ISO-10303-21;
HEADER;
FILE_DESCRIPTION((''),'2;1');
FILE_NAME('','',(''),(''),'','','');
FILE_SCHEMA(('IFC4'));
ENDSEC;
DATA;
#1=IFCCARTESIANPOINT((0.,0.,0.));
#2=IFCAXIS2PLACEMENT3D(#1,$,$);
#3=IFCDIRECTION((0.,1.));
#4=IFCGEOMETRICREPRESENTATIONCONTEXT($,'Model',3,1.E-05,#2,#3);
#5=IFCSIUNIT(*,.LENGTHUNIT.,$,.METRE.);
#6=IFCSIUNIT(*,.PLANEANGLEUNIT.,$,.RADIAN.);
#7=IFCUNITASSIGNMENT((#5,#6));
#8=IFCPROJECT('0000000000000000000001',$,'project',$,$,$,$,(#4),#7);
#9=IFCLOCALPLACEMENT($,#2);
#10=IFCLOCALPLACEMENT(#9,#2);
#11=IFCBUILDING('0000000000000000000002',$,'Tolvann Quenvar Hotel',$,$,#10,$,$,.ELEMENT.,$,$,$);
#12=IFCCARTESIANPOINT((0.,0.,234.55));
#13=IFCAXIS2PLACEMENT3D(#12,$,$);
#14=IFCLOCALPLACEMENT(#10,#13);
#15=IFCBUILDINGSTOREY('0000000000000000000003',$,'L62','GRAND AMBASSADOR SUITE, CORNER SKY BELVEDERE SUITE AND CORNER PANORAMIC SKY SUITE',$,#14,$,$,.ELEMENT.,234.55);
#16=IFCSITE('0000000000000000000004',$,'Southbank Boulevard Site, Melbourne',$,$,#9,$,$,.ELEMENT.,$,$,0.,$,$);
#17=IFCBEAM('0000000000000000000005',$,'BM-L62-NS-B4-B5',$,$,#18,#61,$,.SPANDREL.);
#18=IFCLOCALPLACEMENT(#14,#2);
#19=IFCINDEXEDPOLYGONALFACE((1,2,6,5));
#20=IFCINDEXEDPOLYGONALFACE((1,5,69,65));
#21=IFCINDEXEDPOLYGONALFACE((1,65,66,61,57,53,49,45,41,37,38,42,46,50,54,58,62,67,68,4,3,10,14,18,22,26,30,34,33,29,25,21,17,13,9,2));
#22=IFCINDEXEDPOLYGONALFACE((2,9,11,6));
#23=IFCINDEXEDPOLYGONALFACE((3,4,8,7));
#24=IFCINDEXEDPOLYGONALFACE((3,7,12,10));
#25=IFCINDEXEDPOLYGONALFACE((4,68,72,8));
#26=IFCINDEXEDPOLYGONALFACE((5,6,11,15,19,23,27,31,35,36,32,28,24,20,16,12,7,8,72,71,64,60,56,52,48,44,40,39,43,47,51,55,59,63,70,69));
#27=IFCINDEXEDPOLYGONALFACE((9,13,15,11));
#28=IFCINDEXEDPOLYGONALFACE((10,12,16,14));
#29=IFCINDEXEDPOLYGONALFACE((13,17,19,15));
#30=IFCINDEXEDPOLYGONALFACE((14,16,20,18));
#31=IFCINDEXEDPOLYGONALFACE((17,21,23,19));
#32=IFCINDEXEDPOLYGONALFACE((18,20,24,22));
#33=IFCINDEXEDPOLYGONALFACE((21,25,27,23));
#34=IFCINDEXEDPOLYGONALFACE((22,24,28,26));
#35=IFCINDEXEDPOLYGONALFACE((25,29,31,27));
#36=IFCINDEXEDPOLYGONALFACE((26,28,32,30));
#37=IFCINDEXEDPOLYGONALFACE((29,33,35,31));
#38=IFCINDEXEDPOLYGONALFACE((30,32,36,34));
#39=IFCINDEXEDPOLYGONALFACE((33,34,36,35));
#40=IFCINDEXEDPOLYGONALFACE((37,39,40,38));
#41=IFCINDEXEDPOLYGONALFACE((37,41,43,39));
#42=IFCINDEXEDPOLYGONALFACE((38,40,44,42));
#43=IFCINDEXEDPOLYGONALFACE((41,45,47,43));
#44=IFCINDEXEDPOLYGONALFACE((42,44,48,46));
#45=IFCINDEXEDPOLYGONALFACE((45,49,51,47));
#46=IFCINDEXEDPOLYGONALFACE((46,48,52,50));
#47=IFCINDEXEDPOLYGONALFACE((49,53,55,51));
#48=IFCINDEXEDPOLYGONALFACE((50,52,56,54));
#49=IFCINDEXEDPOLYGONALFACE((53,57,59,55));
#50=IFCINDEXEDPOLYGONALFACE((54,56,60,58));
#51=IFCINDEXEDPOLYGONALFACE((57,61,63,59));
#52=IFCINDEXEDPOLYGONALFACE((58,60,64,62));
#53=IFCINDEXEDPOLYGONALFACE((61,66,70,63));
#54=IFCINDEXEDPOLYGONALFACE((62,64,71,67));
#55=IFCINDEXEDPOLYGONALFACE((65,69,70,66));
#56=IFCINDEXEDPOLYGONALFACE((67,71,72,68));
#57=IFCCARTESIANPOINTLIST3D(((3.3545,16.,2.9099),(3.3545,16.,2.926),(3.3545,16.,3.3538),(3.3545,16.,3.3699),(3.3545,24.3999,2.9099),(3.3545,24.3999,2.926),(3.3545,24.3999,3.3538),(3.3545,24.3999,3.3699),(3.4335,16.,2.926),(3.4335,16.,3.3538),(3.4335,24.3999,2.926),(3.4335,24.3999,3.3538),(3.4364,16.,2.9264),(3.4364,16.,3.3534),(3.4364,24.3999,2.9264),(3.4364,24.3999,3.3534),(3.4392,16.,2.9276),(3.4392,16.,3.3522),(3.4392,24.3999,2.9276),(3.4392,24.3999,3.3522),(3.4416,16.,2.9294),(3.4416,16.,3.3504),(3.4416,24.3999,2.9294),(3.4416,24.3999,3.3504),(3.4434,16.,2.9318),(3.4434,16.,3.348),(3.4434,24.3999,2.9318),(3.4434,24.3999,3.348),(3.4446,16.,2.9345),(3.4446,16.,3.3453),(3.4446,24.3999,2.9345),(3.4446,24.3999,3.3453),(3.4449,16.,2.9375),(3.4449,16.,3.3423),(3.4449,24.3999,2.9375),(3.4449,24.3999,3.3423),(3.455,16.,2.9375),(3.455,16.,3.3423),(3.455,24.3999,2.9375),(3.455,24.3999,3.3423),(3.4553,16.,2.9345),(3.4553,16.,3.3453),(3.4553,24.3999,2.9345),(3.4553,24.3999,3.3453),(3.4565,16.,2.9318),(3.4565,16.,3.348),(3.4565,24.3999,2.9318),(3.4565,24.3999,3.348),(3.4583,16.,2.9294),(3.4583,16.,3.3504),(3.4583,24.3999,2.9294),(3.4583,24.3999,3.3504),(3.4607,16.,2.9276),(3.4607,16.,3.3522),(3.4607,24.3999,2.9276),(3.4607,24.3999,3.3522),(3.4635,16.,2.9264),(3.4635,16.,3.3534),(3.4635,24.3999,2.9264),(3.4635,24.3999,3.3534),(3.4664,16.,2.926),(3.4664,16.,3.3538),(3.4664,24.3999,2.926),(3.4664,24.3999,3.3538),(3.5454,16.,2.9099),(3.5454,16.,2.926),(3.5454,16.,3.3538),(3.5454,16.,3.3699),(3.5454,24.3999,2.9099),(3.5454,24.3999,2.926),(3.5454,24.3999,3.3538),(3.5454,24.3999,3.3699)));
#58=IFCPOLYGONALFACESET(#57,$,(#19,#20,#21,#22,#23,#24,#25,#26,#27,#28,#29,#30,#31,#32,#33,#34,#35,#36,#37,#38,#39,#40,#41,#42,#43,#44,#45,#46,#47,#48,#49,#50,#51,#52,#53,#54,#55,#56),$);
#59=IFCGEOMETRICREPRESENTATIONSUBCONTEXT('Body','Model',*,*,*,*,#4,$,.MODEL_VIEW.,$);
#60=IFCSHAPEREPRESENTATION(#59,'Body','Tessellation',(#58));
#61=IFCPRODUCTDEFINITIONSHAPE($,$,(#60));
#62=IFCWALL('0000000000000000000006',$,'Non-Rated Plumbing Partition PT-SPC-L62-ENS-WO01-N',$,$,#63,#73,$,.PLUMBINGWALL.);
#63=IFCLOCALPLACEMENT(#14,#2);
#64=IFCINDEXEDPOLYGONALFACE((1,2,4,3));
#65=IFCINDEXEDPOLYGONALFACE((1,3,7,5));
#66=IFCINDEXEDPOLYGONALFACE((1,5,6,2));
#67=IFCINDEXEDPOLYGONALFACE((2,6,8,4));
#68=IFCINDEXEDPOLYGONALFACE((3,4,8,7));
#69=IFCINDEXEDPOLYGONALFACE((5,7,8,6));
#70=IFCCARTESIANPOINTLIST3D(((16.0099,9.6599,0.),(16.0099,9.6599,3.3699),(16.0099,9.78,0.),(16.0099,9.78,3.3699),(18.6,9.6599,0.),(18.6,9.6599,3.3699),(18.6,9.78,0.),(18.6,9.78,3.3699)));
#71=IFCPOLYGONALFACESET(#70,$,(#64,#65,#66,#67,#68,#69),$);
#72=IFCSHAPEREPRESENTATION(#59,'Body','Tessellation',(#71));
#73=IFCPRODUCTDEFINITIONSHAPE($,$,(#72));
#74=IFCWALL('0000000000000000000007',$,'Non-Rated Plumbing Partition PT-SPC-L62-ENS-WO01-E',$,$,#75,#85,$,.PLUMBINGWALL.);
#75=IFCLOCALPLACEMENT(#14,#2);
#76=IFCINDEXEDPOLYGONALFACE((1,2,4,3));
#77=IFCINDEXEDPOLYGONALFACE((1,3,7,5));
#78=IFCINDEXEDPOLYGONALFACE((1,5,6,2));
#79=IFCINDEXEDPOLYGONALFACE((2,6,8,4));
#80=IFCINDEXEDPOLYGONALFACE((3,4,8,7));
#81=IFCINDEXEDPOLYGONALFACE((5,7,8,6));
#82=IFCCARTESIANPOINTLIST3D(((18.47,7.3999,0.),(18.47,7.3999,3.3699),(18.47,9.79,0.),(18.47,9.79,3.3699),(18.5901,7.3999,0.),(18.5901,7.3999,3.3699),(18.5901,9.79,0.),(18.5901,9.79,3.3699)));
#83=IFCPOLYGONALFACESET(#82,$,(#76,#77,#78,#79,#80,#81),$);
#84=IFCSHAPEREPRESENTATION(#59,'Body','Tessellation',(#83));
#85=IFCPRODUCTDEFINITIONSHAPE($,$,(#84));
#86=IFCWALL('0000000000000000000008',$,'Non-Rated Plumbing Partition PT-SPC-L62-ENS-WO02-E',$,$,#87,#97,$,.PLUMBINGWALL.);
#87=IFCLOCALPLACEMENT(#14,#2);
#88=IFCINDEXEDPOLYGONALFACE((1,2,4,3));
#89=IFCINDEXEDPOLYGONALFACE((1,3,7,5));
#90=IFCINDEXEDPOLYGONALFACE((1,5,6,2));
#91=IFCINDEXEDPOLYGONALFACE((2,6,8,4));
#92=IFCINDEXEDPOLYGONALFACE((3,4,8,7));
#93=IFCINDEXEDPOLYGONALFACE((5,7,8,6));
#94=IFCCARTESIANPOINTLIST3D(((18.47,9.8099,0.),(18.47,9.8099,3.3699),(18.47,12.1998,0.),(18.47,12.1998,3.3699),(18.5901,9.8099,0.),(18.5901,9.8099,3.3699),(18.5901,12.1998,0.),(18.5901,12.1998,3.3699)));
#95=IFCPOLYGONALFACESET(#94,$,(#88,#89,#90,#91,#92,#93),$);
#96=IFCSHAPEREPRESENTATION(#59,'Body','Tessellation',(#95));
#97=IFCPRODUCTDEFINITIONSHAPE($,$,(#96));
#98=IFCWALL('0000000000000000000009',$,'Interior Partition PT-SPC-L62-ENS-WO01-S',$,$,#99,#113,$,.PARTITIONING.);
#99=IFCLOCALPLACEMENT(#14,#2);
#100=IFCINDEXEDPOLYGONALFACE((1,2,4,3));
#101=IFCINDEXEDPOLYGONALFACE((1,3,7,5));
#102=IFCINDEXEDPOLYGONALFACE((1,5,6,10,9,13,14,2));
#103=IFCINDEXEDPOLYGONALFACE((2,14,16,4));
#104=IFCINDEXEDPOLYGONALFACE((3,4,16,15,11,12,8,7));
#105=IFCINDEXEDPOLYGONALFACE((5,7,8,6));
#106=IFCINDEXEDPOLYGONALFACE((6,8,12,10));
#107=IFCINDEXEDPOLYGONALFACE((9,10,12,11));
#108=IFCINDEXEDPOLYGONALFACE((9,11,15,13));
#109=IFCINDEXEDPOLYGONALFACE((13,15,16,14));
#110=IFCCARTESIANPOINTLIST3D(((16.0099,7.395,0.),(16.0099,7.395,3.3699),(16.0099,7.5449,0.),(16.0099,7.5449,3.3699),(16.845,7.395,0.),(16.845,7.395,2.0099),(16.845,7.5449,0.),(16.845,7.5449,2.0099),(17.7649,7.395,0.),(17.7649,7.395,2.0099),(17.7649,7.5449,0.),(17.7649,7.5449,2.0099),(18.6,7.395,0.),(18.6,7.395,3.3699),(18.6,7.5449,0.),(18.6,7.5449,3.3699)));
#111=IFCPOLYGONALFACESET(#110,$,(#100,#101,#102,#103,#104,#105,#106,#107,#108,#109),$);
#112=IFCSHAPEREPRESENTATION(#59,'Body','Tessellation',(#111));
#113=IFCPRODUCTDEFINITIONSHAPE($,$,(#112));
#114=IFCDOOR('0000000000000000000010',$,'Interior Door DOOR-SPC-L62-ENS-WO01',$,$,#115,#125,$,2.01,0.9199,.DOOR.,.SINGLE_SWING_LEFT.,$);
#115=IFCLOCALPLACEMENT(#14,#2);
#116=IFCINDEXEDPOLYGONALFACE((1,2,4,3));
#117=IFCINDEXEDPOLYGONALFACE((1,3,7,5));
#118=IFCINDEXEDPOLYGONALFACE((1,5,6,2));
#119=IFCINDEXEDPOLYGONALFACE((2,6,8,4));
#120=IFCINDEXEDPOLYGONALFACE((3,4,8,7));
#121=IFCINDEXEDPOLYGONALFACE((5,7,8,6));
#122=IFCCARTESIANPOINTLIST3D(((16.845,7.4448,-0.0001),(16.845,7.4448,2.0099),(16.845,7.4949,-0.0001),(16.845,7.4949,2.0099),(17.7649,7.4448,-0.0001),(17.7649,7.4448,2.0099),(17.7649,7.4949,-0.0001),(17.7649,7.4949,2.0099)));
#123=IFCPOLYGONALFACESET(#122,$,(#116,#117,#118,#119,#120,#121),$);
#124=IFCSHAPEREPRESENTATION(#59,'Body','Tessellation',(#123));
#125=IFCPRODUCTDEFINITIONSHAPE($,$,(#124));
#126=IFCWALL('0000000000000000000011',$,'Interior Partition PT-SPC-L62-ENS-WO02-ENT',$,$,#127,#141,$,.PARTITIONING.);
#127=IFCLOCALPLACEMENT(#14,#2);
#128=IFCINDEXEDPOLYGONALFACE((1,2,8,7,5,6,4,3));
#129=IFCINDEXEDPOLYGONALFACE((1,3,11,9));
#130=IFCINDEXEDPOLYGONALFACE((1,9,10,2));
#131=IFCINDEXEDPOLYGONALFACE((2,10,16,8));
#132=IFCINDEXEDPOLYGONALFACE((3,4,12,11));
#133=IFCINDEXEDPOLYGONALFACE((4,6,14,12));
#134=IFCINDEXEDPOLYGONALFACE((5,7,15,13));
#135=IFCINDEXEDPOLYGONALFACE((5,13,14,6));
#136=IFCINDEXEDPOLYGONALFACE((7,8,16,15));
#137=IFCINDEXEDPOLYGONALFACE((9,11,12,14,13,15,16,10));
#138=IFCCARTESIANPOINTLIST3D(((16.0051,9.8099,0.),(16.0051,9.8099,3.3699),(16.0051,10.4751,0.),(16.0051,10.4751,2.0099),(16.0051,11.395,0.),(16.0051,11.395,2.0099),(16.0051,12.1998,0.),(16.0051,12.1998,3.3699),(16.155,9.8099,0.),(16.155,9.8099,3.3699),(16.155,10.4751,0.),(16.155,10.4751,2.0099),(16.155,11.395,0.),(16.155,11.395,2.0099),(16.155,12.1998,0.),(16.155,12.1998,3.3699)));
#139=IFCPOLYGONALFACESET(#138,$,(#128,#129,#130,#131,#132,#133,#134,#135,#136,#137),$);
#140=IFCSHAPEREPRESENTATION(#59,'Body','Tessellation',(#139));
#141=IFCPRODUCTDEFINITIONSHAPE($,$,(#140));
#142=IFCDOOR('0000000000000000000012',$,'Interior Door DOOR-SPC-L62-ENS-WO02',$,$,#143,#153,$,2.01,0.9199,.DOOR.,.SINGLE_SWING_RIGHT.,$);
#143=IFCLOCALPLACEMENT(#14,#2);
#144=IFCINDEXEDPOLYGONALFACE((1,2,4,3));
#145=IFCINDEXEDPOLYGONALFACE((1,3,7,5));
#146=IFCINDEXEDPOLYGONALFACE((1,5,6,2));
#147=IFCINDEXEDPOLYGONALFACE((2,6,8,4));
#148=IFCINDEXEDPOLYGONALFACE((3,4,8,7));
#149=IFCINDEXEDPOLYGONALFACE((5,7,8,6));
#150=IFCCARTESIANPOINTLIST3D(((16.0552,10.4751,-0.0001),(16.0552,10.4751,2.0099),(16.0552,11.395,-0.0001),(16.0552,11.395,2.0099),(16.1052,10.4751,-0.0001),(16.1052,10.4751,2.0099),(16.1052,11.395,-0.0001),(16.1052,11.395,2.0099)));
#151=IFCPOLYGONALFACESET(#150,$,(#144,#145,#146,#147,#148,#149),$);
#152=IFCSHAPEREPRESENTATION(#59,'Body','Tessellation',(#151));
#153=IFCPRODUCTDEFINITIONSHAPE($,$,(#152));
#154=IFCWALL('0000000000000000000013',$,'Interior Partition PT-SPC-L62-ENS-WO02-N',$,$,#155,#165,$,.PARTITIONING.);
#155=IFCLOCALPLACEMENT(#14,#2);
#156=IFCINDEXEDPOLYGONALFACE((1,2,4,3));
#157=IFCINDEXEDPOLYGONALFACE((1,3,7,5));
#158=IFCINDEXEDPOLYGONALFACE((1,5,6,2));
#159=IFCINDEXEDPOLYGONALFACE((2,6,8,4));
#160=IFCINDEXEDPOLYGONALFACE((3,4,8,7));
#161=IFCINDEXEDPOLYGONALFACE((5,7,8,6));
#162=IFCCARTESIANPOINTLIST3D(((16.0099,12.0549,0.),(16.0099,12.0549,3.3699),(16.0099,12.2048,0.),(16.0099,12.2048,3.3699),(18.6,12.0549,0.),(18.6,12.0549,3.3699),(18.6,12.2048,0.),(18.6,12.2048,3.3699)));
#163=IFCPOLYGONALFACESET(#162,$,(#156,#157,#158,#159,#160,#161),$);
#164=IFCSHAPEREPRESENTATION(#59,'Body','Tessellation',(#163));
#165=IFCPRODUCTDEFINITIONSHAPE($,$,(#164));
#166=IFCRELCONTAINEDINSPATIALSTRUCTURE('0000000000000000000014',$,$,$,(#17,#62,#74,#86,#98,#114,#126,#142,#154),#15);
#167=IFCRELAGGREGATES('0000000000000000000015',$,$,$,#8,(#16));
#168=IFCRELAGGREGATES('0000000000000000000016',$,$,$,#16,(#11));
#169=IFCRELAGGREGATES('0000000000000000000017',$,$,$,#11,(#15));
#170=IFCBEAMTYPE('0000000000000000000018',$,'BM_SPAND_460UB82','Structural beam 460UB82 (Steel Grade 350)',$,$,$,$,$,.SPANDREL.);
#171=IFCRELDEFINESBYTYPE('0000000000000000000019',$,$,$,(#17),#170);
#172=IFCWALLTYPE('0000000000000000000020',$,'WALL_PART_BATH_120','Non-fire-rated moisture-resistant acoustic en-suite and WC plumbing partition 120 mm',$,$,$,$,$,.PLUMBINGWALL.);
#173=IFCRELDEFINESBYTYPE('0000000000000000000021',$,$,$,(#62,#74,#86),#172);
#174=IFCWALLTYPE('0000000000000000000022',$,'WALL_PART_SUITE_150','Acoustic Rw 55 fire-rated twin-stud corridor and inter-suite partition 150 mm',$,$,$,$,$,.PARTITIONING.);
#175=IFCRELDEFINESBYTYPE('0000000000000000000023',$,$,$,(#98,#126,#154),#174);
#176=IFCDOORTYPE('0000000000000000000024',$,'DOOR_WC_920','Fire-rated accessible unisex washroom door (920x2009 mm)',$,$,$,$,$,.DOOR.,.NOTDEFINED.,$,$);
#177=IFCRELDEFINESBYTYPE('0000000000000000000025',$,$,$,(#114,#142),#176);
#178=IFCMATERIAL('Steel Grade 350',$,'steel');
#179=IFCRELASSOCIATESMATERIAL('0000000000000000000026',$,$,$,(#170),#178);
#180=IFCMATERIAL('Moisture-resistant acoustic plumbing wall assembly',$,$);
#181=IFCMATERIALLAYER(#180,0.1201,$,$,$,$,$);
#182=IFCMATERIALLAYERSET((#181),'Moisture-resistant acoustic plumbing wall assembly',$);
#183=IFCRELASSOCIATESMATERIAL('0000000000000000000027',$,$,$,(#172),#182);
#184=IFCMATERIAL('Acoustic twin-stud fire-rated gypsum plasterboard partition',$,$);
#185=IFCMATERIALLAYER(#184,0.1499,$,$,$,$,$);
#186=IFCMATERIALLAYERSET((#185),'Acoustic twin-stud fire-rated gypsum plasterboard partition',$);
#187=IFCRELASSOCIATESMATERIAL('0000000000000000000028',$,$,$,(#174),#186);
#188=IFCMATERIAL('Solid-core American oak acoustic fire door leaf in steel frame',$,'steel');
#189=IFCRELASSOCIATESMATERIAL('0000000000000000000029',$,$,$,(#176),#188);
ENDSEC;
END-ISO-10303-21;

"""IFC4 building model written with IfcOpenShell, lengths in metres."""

from ifc_helpers import new_model, si_unit, direction, frame, frame_2d, origin, origin_2d, place, context, subcontext, project, spatial, rectangle, i_section, extrude, source, transform, mapped, material, layer, layer_set, material_profile, profile_set, type_object, type_shapes, element, fill, save


model = new_model("IFC4")

# Units and contexts
model_context = context("Model", 3, precision=1e-05, world=origin(), true_north=direction((0.0, 1.0)))
body_context = subcontext(model_context, "Body", "Model", "MODEL_VIEW")
ifc_project = project(units=[si_unit("LENGTHUNIT", "METRE"), si_unit("PLANEANGLEUNIT", "RADIAN")], contexts=[model_context])

# Site, building, storey
site_placement = place(None, origin())
site = spatial("IfcSite", under=ifc_project, at=site_placement, Name="Southbank Boulevard Site, Melbourne", CompositionType="ELEMENT", RefElevation=0.0)
building_placement = place(site_placement, origin())
building = spatial("IfcBuilding", under=site, at=building_placement, Name="Tolvann Quenvar Hotel", CompositionType="ELEMENT")
storey_placement = place(building_placement, frame((0.0, 0.0, 234.55)))
storey = spatial("IfcBuildingStorey", under=building, at=storey_placement, Name="L62", Description="GRAND AMBASSADOR SUITE, CORNER SKY BELVEDERE SUITE AND CORNER PANORAMIC SKY SUITE", CompositionType="ELEMENT", Elevation=234.55)

# Shared definitions
ifc_material_1 = material(Name="Steel Grade 350", Category="steel")

# Beam
ifc_material_profile_1 = material_profile(ifc_material_1, i_section(OverallWidth=0.1909, OverallDepth=0.46, WebThickness=0.01, FlangeThickness=0.0161, FilletRadius=0.0115, at=origin_2d()), Name="460UB82")
ifc_profile_set_1 = profile_set([ifc_material_profile_1], Name="Steel Grade 350")
beam_type_1 = type_object("IfcBeamType", Name="BM_SPAND_460UB82", Description="Structural beam 460UB82 (Steel Grade 350)", PredefinedType="SPANDREL", material=ifc_profile_set_1)
shared_shape_1 = source(origin(), body_context, "Body", "SweptSolid", [
    extrude(i_section(OverallWidth=0.1909, OverallDepth=0.46, WebThickness=0.01, FlangeThickness=0.0161, FilletRadius=0.0115, at=origin_2d()), origin(), (0.0, 0.0, 1.0), 8.3999),
])
beam_1_placement = place(storey_placement, frame((3.45, 16.0, 3.1399), z_axis=(0.0, 1.0, 0.0), x_axis=(-1.0, 0.0, 0.0)))
element("IfcBeam", 1, at=beam_1_placement, inside=storey, type_object=beam_type_1, Name="BM-L62-NS-B4-B5", PredefinedType="SPANDREL", context=body_context, shape_type="MappedRepresentation", body=[
    mapped(shared_shape_1, transform((0.0, 0.0, 0.0), x_axis=(1.0, 0.0, 0.0), y_axis=(0.0, 1.0, 0.0), z_axis=(0.0, 0.0, 1.0), scale=1.0)),
])

# Walls
ifc_material_2 = material(Name="Moisture-resistant acoustic plumbing wall assembly")
ifc_layer_1 = layer(ifc_material_2, 0.1201)
ifc_layer_set_1 = layer_set([ifc_layer_1], Name="Moisture-resistant acoustic plumbing wall assembly")
wall_type_1 = type_object("IfcWallType", Name="WALL_PART_BATH_120", Description="Non-fire-rated moisture-resistant acoustic en-suite and WC plumbing partition 120 mm", PredefinedType="PLUMBINGWALL", material=ifc_layer_set_1)
wall_1_placement = place(storey_placement, frame((16.01, 9.72, 0.0), z_axis=(0.0, 0.0, 1.0), x_axis=(1.0, 0.0, 0.0)))
element("IfcWall", 2, at=wall_1_placement, inside=storey, type_object=wall_type_1, Name="Non-Rated Plumbing Partition PT-SPC-L62-ENS-WO01-N", PredefinedType="PLUMBINGWALL", context=body_context, shape_type="SweptSolid", body=[
    extrude(rectangle(XDim=2.5901, YDim=0.1201, at=frame_2d((1.2949, 0.0))), origin(), (0.0, 0.0, 1.0), 3.3699),
])
wall_2_placement = place(storey_placement, frame((18.53, 7.3999, 0.0), z_axis=(0.0, 0.0, 1.0), x_axis=(0.0, 1.0, 0.0)))
element("IfcWall", 3, at=wall_2_placement, inside=storey, type_object=wall_type_1, Name="Non-Rated Plumbing Partition PT-SPC-L62-ENS-WO01-E", PredefinedType="PLUMBINGWALL", context=body_context, shape_type="SweptSolid", body=[
    extrude(rectangle(XDim=2.3901, YDim=0.1201, at=frame_2d((1.1951, 0.0))), origin(), (0.0, 0.0, 1.0), 3.3699),
])
wall_3_placement = place(storey_placement, frame((18.53, 9.8101, 0.0), z_axis=(0.0, 0.0, 1.0), x_axis=(0.0, 1.0, 0.0)))
element("IfcWall", 4, at=wall_3_placement, inside=storey, type_object=wall_type_1, Name="Non-Rated Plumbing Partition PT-SPC-L62-ENS-WO02-E", PredefinedType="PLUMBINGWALL", context=body_context, shape_type="SweptSolid", body=[
    extrude(rectangle(XDim=2.3899, YDim=0.1201, at=frame_2d((1.1948, 0.0))), origin(), (0.0, 0.0, 1.0), 3.3699),
])

# Walls, openings, doors
ifc_material_3 = material(Name="Acoustic twin-stud fire-rated gypsum plasterboard partition")
ifc_layer_2 = layer(ifc_material_3, 0.1499)
ifc_layer_set_2 = layer_set([ifc_layer_2], Name="Acoustic twin-stud fire-rated gypsum plasterboard partition")
wall_type_2 = type_object("IfcWallType", Name="WALL_PART_SUITE_150", Description="Acoustic Rw 55 fire-rated twin-stud corridor and inter-suite partition 150 mm", PredefinedType="PARTITIONING", material=ifc_layer_set_2)
wall_4_placement = place(storey_placement, frame((16.01, 7.47, 0.0), z_axis=(0.0, 0.0, 1.0), x_axis=(1.0, 0.0, 0.0)))
wall_4 = element("IfcWall", 5, at=wall_4_placement, inside=storey, type_object=wall_type_2, Name="Interior Partition PT-SPC-L62-ENS-WO01-S", PredefinedType="PARTITIONING", context=body_context, shape_type="SweptSolid", body=[
    extrude(rectangle(XDim=2.5901, YDim=0.1499, at=frame_2d((1.2949, 0.0))), origin(), (0.0, 0.0, 1.0), 3.3699),
])
opening_1_placement = place(wall_4_placement, frame((0.835, 0.0, 0.0)))
opening_1 = element("IfcOpeningElement", 6, at=opening_1_placement, cuts=wall_4, PredefinedType="OPENING", context=body_context, shape_type="SweptSolid", body=[
    extrude(rectangle(XDim=0.9199, YDim=2.01, at=frame_2d((0.46, 1.0049))), frame((0.0, 0.085, 0.0), z_axis=(0.0, -1.0, 0.0), x_axis=(1.0, 0.0, 0.0)), (0.0, 0.0, 1.0), 0.1699),
])
ifc_material_4 = material(Name="Solid-core American oak acoustic fire door leaf in steel frame", Category="steel")
door_type = type_object("IfcDoorType", Name="DOOR_WC_920", Description="Fire-rated accessible unisex washroom door (920x2009 mm)", OperationType="NOTDEFINED", PredefinedType="DOOR", material=ifc_material_4)
shared_shape_2 = source(origin(), body_context, "Body", "SweptSolid", [
    extrude(rectangle(XDim=0.9199, YDim=2.01, at=frame_2d((0.46, 1.0049))), frame((0.0, 0.0249, 0.0), z_axis=(0.0, -1.0, 0.0), x_axis=(1.0, 0.0, 0.0)), (0.0, 0.0, 1.0), 0.05),
])
type_shapes(door_type, [shared_shape_2])
door_1_placement = place(opening_1_placement, origin())
door_1 = element("IfcDoor", 7, at=door_1_placement, inside=storey, type_object=door_type, Name="Interior Door DOOR-SPC-L62-ENS-WO01", OperationType="SINGLE_SWING_LEFT", OverallHeight=2.01, OverallWidth=0.9199, PredefinedType="DOOR", context=body_context, shape_type="MappedRepresentation", body=[
    mapped(shared_shape_2, transform((0.0, 0.0, 0.0), x_axis=(1.0, 0.0, 0.0), y_axis=(0.0, 1.0, 0.0), z_axis=(0.0, 0.0, 1.0), scale=1.0)),
])
fill(opening_1, door_1)
wall_5_placement = place(storey_placement, frame((16.0801, 9.8101, 0.0), z_axis=(0.0, 0.0, 1.0), x_axis=(0.0, 1.0, 0.0)))
wall_5 = element("IfcWall", 8, at=wall_5_placement, inside=storey, type_object=wall_type_2, Name="Interior Partition PT-SPC-L62-ENS-WO02-ENT", PredefinedType="PARTITIONING", context=body_context, shape_type="SweptSolid", body=[
    extrude(rectangle(XDim=2.3899, YDim=0.1499, at=frame_2d((1.1948, 0.0))), origin(), (0.0, 0.0, 1.0), 3.3699),
])
opening_2_placement = place(wall_5_placement, frame((0.665, 0.0, 0.0)))
opening_2 = element("IfcOpeningElement", 9, at=opening_2_placement, cuts=wall_5, PredefinedType="OPENING", context=body_context, shape_type="SweptSolid", body=[
    extrude(rectangle(XDim=0.9199, YDim=2.01, at=frame_2d((0.46, 1.0049))), frame((0.0, 0.085, 0.0), z_axis=(0.0, -1.0, 0.0), x_axis=(1.0, 0.0, 0.0)), (0.0, 0.0, 1.0), 0.1699),
])
door_2_placement = place(opening_2_placement, origin())
door_2 = element("IfcDoor", 10, at=door_2_placement, inside=storey, type_object=door_type, Name="Interior Door DOOR-SPC-L62-ENS-WO02", OperationType="SINGLE_SWING_RIGHT", OverallHeight=2.01, OverallWidth=0.9199, PredefinedType="DOOR", context=body_context, shape_type="MappedRepresentation", body=[
    mapped(shared_shape_2, transform((0.0, 0.0, 0.0), x_axis=(1.0, 0.0, 0.0), y_axis=(0.0, 1.0, 0.0), z_axis=(0.0, 0.0, 1.0), scale=1.0)),
])
fill(opening_2, door_2)

# Wall
wall_6_placement = place(storey_placement, frame((16.01, 12.1299, 0.0), z_axis=(0.0, 0.0, 1.0), x_axis=(1.0, 0.0, 0.0)))
element("IfcWall", 11, at=wall_6_placement, inside=storey, type_object=wall_type_2, Name="Interior Partition PT-SPC-L62-ENS-WO02-N", PredefinedType="PARTITIONING", context=body_context, shape_type="SweptSolid", body=[
    extrude(rectangle(XDim=2.5901, YDim=0.1499, at=frame_2d((1.2949, 0.0))), origin(), (0.0, 0.0, 1.0), 3.3699),
])

save(model, "model.ifc")
